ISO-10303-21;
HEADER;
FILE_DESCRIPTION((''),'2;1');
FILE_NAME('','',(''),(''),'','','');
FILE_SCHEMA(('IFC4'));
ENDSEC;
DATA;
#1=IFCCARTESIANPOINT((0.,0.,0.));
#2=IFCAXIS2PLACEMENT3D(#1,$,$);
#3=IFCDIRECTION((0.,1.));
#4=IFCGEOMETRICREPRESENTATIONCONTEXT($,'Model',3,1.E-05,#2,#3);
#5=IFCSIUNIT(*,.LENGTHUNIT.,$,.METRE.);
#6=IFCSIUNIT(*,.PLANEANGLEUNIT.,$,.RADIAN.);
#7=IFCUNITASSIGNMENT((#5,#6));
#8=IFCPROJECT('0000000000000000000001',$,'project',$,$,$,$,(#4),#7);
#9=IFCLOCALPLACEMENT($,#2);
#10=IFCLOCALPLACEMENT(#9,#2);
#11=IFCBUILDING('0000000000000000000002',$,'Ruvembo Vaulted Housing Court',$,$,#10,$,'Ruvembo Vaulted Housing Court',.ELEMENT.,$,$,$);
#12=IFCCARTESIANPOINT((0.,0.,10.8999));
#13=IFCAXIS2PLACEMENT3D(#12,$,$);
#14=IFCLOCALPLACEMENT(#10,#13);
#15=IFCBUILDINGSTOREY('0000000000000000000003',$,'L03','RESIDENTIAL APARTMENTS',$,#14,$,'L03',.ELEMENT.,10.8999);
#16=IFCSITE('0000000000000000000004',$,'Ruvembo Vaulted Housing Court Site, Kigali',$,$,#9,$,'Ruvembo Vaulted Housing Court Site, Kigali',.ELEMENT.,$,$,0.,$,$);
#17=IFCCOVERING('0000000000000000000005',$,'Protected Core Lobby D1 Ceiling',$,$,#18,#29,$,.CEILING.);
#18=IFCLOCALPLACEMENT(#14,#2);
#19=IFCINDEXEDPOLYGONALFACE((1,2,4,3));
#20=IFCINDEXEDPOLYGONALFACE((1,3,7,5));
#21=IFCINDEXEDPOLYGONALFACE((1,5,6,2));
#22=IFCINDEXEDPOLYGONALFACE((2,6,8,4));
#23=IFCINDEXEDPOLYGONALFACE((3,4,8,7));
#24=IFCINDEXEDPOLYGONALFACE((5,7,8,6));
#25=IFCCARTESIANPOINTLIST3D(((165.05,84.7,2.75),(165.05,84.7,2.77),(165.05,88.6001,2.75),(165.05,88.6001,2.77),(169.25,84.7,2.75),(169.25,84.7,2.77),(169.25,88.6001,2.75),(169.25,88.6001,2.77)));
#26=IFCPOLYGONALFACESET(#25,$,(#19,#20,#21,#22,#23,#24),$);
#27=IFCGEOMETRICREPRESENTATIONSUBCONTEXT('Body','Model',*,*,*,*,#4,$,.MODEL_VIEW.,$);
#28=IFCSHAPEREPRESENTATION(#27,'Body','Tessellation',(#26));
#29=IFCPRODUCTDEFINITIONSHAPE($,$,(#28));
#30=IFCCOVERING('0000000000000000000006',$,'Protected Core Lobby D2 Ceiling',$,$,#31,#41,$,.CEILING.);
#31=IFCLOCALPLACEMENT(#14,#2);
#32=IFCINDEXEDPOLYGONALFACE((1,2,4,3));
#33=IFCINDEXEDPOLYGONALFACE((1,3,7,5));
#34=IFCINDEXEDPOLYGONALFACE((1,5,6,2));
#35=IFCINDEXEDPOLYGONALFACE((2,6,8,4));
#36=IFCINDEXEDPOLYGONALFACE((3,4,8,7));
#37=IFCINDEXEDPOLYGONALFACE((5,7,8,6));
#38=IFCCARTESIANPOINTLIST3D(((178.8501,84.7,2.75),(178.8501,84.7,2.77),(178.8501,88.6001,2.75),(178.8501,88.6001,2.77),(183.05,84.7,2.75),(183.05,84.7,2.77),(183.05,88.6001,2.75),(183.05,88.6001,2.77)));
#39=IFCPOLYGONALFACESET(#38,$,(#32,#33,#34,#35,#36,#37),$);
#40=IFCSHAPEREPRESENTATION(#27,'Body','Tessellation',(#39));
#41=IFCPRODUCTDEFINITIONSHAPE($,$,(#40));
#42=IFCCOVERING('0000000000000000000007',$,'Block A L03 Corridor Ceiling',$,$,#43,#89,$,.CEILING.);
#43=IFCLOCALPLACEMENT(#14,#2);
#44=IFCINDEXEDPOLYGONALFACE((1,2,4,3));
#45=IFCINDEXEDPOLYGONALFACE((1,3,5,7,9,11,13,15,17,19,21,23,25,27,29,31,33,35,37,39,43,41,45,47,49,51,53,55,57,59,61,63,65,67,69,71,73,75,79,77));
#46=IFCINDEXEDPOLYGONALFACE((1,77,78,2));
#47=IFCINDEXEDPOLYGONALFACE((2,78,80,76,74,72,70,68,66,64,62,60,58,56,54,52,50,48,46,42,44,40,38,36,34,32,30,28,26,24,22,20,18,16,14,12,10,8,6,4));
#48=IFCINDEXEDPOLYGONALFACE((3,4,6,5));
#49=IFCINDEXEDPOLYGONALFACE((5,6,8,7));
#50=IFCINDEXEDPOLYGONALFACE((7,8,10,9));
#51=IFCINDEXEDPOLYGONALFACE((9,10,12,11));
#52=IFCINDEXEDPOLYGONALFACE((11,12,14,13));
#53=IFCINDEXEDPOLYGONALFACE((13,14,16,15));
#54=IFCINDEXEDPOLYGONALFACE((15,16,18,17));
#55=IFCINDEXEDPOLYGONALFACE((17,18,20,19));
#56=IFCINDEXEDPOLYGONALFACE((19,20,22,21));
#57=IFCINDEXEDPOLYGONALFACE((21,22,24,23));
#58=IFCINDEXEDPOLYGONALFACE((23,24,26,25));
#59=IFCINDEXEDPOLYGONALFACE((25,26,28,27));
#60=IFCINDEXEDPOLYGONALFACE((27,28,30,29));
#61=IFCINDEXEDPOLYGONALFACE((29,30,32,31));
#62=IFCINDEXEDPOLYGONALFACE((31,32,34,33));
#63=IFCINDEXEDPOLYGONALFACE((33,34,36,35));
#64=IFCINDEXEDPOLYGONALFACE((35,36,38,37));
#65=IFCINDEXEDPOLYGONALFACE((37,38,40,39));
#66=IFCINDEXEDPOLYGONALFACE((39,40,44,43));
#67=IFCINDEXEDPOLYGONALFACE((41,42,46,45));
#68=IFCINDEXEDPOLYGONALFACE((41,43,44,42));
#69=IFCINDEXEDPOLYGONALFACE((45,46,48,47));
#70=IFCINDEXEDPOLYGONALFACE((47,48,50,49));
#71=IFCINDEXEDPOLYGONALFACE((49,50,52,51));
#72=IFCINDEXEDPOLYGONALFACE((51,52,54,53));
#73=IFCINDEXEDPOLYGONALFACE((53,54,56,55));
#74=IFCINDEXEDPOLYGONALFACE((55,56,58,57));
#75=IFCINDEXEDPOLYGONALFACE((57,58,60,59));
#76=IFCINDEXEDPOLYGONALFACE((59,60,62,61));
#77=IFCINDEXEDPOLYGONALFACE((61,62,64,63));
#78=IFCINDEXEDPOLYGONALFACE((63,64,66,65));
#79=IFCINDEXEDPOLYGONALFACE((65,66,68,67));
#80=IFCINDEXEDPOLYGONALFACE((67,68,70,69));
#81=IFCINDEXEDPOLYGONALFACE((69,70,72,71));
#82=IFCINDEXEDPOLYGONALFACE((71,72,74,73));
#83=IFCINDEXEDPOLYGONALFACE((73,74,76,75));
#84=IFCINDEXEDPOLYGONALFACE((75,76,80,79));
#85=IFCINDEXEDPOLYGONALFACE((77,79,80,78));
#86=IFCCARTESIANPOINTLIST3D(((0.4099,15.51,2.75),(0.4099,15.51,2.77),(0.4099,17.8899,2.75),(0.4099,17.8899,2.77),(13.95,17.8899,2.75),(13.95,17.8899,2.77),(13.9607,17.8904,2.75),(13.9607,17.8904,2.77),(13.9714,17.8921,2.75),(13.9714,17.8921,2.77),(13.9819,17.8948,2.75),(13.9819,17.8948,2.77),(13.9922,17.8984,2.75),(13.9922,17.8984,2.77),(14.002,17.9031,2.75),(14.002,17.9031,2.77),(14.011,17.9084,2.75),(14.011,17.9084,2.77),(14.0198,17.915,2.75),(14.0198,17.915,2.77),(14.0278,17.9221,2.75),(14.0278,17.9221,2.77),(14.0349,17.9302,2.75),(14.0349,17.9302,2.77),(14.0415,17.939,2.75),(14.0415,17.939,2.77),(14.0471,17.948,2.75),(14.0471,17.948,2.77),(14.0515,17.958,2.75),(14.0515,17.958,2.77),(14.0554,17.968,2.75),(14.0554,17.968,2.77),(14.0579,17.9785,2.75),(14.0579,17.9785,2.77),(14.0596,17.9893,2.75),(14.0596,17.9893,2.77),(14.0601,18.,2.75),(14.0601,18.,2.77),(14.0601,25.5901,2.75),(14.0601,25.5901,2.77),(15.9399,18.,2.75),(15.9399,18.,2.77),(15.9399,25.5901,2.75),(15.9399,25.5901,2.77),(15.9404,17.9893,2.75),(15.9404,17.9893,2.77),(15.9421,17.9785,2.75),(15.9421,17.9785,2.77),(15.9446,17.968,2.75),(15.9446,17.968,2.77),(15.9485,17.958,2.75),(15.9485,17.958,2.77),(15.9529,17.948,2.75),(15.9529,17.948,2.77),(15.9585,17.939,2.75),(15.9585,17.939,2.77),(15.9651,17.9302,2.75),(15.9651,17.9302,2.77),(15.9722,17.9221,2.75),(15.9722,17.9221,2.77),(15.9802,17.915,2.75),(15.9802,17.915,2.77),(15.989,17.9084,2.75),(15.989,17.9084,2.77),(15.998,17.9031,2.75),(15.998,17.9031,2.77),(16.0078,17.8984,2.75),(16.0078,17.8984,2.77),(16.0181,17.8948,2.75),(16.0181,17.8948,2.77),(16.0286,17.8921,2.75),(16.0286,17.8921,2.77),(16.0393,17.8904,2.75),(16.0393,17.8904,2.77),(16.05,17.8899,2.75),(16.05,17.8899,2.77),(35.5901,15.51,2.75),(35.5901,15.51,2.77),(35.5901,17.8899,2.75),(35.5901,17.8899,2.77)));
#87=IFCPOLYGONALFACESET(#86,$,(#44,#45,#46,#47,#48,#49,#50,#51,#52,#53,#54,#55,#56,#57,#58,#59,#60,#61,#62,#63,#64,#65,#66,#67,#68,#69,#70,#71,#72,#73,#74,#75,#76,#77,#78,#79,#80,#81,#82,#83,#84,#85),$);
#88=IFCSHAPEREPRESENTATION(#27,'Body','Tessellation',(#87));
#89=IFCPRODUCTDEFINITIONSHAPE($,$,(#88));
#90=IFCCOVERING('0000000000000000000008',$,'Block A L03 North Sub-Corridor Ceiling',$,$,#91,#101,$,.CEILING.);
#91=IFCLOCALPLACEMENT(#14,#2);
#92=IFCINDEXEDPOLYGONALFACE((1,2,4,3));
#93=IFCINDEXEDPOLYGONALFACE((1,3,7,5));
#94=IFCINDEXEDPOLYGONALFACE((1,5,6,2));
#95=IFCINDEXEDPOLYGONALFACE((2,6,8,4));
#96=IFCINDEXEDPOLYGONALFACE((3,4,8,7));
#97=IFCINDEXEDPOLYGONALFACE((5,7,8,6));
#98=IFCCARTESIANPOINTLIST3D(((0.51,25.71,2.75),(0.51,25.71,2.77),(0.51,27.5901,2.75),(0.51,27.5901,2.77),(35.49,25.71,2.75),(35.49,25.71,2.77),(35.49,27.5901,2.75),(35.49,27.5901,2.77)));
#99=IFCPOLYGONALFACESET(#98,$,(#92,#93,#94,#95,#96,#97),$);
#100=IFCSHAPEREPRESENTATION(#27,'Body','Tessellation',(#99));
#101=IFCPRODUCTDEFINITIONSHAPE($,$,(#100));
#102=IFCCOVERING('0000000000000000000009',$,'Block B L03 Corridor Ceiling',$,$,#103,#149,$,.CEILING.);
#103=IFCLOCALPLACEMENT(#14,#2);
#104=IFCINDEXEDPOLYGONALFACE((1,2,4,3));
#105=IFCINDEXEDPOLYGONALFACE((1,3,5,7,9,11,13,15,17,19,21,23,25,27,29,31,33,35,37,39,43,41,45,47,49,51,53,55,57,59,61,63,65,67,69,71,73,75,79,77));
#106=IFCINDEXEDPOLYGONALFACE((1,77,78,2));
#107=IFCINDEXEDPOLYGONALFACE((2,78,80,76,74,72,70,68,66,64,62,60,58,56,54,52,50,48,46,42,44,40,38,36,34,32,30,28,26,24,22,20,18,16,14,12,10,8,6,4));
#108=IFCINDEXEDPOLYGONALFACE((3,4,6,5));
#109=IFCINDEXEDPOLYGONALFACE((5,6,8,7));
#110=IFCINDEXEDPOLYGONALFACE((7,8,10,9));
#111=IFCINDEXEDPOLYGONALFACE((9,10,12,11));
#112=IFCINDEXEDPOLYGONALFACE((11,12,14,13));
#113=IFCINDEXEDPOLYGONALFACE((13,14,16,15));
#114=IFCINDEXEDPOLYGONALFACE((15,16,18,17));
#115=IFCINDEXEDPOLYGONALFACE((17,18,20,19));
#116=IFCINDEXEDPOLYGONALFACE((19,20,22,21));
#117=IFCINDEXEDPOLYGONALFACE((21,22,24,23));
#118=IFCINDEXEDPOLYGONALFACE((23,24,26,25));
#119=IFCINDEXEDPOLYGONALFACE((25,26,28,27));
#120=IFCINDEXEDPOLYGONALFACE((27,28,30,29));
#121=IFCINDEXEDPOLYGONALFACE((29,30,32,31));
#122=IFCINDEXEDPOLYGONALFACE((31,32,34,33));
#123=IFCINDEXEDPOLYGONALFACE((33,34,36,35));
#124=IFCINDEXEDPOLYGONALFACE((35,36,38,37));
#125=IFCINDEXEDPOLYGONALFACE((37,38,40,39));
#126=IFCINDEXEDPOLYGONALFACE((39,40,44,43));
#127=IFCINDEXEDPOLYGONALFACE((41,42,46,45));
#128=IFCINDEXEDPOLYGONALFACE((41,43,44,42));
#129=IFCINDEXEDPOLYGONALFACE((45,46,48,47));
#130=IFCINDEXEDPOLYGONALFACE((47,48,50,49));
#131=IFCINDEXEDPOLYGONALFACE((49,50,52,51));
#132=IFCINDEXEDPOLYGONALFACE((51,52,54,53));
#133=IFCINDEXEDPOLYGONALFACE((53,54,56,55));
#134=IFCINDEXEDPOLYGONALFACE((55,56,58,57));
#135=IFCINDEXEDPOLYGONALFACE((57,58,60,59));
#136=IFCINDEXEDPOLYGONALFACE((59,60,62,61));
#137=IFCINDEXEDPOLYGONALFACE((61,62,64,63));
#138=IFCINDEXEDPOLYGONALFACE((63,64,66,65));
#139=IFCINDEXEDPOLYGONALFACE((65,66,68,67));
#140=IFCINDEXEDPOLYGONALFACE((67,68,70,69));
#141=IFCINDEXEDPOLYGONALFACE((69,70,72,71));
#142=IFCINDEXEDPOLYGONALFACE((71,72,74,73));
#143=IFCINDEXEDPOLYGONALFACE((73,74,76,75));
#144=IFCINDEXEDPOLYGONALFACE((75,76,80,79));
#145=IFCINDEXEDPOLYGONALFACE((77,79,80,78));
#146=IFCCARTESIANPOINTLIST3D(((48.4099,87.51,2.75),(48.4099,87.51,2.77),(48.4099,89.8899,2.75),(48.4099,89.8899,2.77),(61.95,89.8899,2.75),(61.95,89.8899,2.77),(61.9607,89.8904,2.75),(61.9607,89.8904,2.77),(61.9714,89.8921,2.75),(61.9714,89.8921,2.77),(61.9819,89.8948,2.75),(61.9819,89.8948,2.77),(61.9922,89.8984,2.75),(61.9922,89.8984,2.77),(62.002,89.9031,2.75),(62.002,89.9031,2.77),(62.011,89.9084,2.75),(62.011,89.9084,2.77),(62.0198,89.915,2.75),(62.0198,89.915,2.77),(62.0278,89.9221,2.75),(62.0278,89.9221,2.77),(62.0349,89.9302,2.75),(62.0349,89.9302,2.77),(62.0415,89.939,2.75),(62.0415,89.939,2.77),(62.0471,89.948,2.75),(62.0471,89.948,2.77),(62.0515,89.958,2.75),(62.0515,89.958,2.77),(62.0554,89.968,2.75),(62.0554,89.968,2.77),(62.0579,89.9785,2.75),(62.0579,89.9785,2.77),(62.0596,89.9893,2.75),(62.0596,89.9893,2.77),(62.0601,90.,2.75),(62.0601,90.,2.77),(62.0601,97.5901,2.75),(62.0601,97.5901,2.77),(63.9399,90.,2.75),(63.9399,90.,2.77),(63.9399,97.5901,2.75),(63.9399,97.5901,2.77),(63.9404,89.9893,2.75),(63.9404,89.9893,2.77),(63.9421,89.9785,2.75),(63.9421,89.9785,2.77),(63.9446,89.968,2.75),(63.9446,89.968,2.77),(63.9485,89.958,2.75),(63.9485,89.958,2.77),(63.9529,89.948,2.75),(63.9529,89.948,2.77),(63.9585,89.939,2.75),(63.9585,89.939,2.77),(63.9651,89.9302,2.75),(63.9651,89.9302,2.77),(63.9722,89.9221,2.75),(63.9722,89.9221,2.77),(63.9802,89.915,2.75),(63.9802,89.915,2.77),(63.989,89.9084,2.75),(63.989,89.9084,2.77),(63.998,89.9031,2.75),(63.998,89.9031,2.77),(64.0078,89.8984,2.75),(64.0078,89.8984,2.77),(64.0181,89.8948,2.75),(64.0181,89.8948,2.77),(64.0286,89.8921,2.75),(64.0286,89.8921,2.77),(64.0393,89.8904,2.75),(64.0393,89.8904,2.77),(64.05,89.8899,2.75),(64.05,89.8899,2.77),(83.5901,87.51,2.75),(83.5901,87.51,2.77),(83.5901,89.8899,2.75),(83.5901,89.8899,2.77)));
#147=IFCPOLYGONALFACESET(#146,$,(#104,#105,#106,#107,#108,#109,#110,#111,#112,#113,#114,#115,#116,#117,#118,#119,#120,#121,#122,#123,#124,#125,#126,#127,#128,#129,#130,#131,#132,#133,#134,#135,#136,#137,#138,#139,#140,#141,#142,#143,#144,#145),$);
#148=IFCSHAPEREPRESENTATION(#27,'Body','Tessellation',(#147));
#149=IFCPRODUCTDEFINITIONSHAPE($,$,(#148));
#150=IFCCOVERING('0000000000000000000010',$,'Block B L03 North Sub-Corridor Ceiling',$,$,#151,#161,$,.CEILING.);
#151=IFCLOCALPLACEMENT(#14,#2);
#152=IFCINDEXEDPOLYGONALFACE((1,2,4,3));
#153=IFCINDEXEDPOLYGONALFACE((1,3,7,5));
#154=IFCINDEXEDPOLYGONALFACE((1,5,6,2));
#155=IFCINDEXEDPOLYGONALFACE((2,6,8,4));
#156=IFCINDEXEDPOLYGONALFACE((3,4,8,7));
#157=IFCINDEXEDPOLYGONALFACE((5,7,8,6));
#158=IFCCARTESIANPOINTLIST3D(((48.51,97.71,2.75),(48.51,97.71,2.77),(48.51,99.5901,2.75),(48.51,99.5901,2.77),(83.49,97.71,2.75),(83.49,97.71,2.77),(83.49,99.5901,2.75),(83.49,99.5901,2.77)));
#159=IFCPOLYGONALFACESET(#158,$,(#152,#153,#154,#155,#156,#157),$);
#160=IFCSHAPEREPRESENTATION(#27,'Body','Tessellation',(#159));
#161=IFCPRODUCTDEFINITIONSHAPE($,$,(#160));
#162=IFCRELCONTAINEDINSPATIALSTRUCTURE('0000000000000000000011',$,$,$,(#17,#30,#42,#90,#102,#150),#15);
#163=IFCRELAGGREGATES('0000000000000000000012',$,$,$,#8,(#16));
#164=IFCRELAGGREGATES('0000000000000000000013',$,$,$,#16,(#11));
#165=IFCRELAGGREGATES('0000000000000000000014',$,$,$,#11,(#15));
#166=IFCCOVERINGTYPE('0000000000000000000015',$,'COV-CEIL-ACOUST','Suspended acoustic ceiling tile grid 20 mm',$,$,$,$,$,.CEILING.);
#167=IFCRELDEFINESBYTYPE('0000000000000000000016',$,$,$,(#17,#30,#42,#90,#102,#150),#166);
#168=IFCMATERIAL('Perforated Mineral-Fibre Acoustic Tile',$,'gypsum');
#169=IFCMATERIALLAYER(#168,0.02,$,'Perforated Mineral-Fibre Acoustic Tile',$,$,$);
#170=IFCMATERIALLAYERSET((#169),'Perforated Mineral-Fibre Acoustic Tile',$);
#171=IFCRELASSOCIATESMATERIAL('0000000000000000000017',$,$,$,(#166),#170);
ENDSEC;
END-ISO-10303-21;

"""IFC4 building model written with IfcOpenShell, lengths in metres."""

from ifc_helpers import new_model, si_unit, direction, frame, origin, place, context, subcontext, project, spatial, polyline, outline, extrude, material, layer, layer_set, type_object, element, save


model = new_model("IFC4")

# Units and contexts
model_context = context("Model", 3, precision=1e-05, world=origin(), true_north=direction((0.0, 1.0)))
body_context = subcontext(model_context, "Body", "Model", "MODEL_VIEW")
ifc_project = project(units=[si_unit("LENGTHUNIT", "METRE"), si_unit("PLANEANGLEUNIT", "RADIAN")], contexts=[model_context])

# Site, building, storey
site_placement = place(None, origin())
site = spatial("IfcSite", under=ifc_project, at=site_placement, Name="Ruvembo Vaulted Housing Court Site, Kigali", LongName="Ruvembo Vaulted Housing Court Site, Kigali", CompositionType="ELEMENT", RefElevation=0.0)
building_placement = place(site_placement, origin())
building = spatial("IfcBuilding", under=site, at=building_placement, Name="Ruvembo Vaulted Housing Court", LongName="Ruvembo Vaulted Housing Court", CompositionType="ELEMENT")
storey_placement = place(building_placement, frame((0.0, 0.0, 10.8999)))
storey = spatial("IfcBuildingStorey", under=building, at=storey_placement, Name="L03", Description="RESIDENTIAL APARTMENTS", LongName="L03", CompositionType="ELEMENT", Elevation=10.8999)

# Coverings
ifc_material_1 = material(Name="Perforated Mineral-Fibre Acoustic Tile", Category="gypsum")
ifc_layer_1 = layer(ifc_material_1, 0.02, Name="Perforated Mineral-Fibre Acoustic Tile")
ifc_layer_set_1 = layer_set([ifc_layer_1], Name="Perforated Mineral-Fibre Acoustic Tile")
covering_type_1 = type_object("IfcCoveringType", Name="COV-CEIL-ACOUST", Description="Suspended acoustic ceiling tile grid 20 mm", PredefinedType="CEILING", material=ifc_layer_set_1)
covering_1_placement = place(storey_placement, frame((0.0, 0.0, 2.75)))
element("IfcCovering", 1, at=covering_1_placement, inside=storey, type_object=covering_type_1, Name="Protected Core Lobby D1 Ceiling", PredefinedType="CEILING", context=body_context, shape_type="SweptSolid", body=[
    extrude(outline(polyline([(169.25, 88.6001), (165.05, 88.6001), (165.05, 84.7), (169.25, 84.7), (169.25, 88.6001)])), origin(), (0.0, 0.0, 1.0), 0.02),
])
covering_2_placement = place(storey_placement, frame((0.0, 0.0, 2.75)))
element("IfcCovering", 2, at=covering_2_placement, inside=storey, type_object=covering_type_1, Name="Protected Core Lobby D2 Ceiling", PredefinedType="CEILING", context=body_context, shape_type="SweptSolid", body=[
    extrude(outline(polyline([(183.05, 88.6001), (178.8501, 88.6001), (178.8501, 84.7), (183.05, 84.7), (183.05, 88.6001)])), origin(), (0.0, 0.0, 1.0), 0.02),
])
covering_3_placement = place(storey_placement, frame((0.0, 0.0, 2.75)))
element("IfcCovering", 3, at=covering_3_placement, inside=storey, type_object=covering_type_1, Name="Block A L03 Corridor Ceiling", PredefinedType="CEILING", context=body_context, shape_type="SweptSolid", body=[
    extrude(outline(polyline([(35.5901, 15.51), (35.5901, 17.8899), (16.05, 17.8899), (16.0393, 17.8904), (16.0286, 17.8921), (16.0181, 17.8948), (16.0078, 17.8984), (15.998, 17.9031), (15.989, 17.9084), (15.9802, 17.915), (15.9722, 17.9221), (15.9651, 17.9302), (15.9585, 17.939), (15.9529, 17.948), (15.9485, 17.958), (15.9446, 17.968), (15.9421, 17.9785), (15.9404, 17.9893), (15.9399, 18.0), (15.9399, 25.5901), (14.0601, 25.5901), (14.0601, 18.0), (14.0596, 17.9893), (14.0579, 17.9785), (14.0554, 17.968), (14.0515, 17.958), (14.0471, 17.948), (14.0415, 17.939), (14.0349, 17.9302), (14.0278, 17.9221), (14.0198, 17.915), (14.011, 17.9084), (14.002, 17.9031), (13.9922, 17.8984), (13.9819, 17.8948), (13.9714, 17.8921), (13.9607, 17.8904), (13.95, 17.8899), (0.4099, 17.8899), (0.4099, 15.51), (35.5901, 15.51)])), origin(), (0.0, 0.0, 1.0), 0.02),
])
covering_4_placement = place(storey_placement, frame((0.0, 0.0, 2.75)))
element("IfcCovering", 4, at=covering_4_placement, inside=storey, type_object=covering_type_1, Name="Block A L03 North Sub-Corridor Ceiling", PredefinedType="CEILING", context=body_context, shape_type="SweptSolid", body=[
    extrude(outline(polyline([(0.51, 25.71), (35.49, 25.71), (35.49, 27.5901), (0.51, 27.5901), (0.51, 25.71)])), origin(), (0.0, 0.0, 1.0), 0.02),
])
covering_5_placement = place(storey_placement, frame((0.0, 0.0, 2.75)))
element("IfcCovering", 5, at=covering_5_placement, inside=storey, type_object=covering_type_1, Name="Block B L03 Corridor Ceiling", PredefinedType="CEILING", context=body_context, shape_type="SweptSolid", body=[
    extrude(outline(polyline([(83.5901, 87.51), (83.5901, 89.8899), (64.05, 89.8899), (64.0393, 89.8904), (64.0286, 89.8921), (64.0181, 89.8948), (64.0078, 89.8984), (63.998, 89.9031), (63.989, 89.9084), (63.9802, 89.915), (63.9722, 89.9221), (63.9651, 89.9302), (63.9585, 89.939), (63.9529, 89.948), (63.9485, 89.958), (63.9446, 89.968), (63.9421, 89.9785), (63.9404, 89.9893), (63.9399, 90.0), (63.9399, 97.5901), (62.0601, 97.5901), (62.0601, 90.0), (62.0596, 89.9893), (62.0579, 89.9785), (62.0554, 89.968), (62.0515, 89.958), (62.0471, 89.948), (62.0415, 89.939), (62.0349, 89.9302), (62.0278, 89.9221), (62.0198, 89.915), (62.011, 89.9084), (62.002, 89.9031), (61.9922, 89.8984), (61.9819, 89.8948), (61.9714, 89.8921), (61.9607, 89.8904), (61.95, 89.8899), (48.4099, 89.8899), (48.4099, 87.51), (83.5901, 87.51)])), origin(), (0.0, 0.0, 1.0), 0.02),
])
covering_6_placement = place(storey_placement, frame((0.0, 0.0, 2.75)))
element("IfcCovering", 6, at=covering_6_placement, inside=storey, type_object=covering_type_1, Name="Block B L03 North Sub-Corridor Ceiling", PredefinedType="CEILING", context=body_context, shape_type="SweptSolid", body=[
    extrude(outline(polyline([(48.51, 97.71), (83.49, 97.71), (83.49, 99.5901), (48.51, 99.5901), (48.51, 97.71)])), origin(), (0.0, 0.0, 1.0), 0.02),
])

save(model, "model.ifc")
